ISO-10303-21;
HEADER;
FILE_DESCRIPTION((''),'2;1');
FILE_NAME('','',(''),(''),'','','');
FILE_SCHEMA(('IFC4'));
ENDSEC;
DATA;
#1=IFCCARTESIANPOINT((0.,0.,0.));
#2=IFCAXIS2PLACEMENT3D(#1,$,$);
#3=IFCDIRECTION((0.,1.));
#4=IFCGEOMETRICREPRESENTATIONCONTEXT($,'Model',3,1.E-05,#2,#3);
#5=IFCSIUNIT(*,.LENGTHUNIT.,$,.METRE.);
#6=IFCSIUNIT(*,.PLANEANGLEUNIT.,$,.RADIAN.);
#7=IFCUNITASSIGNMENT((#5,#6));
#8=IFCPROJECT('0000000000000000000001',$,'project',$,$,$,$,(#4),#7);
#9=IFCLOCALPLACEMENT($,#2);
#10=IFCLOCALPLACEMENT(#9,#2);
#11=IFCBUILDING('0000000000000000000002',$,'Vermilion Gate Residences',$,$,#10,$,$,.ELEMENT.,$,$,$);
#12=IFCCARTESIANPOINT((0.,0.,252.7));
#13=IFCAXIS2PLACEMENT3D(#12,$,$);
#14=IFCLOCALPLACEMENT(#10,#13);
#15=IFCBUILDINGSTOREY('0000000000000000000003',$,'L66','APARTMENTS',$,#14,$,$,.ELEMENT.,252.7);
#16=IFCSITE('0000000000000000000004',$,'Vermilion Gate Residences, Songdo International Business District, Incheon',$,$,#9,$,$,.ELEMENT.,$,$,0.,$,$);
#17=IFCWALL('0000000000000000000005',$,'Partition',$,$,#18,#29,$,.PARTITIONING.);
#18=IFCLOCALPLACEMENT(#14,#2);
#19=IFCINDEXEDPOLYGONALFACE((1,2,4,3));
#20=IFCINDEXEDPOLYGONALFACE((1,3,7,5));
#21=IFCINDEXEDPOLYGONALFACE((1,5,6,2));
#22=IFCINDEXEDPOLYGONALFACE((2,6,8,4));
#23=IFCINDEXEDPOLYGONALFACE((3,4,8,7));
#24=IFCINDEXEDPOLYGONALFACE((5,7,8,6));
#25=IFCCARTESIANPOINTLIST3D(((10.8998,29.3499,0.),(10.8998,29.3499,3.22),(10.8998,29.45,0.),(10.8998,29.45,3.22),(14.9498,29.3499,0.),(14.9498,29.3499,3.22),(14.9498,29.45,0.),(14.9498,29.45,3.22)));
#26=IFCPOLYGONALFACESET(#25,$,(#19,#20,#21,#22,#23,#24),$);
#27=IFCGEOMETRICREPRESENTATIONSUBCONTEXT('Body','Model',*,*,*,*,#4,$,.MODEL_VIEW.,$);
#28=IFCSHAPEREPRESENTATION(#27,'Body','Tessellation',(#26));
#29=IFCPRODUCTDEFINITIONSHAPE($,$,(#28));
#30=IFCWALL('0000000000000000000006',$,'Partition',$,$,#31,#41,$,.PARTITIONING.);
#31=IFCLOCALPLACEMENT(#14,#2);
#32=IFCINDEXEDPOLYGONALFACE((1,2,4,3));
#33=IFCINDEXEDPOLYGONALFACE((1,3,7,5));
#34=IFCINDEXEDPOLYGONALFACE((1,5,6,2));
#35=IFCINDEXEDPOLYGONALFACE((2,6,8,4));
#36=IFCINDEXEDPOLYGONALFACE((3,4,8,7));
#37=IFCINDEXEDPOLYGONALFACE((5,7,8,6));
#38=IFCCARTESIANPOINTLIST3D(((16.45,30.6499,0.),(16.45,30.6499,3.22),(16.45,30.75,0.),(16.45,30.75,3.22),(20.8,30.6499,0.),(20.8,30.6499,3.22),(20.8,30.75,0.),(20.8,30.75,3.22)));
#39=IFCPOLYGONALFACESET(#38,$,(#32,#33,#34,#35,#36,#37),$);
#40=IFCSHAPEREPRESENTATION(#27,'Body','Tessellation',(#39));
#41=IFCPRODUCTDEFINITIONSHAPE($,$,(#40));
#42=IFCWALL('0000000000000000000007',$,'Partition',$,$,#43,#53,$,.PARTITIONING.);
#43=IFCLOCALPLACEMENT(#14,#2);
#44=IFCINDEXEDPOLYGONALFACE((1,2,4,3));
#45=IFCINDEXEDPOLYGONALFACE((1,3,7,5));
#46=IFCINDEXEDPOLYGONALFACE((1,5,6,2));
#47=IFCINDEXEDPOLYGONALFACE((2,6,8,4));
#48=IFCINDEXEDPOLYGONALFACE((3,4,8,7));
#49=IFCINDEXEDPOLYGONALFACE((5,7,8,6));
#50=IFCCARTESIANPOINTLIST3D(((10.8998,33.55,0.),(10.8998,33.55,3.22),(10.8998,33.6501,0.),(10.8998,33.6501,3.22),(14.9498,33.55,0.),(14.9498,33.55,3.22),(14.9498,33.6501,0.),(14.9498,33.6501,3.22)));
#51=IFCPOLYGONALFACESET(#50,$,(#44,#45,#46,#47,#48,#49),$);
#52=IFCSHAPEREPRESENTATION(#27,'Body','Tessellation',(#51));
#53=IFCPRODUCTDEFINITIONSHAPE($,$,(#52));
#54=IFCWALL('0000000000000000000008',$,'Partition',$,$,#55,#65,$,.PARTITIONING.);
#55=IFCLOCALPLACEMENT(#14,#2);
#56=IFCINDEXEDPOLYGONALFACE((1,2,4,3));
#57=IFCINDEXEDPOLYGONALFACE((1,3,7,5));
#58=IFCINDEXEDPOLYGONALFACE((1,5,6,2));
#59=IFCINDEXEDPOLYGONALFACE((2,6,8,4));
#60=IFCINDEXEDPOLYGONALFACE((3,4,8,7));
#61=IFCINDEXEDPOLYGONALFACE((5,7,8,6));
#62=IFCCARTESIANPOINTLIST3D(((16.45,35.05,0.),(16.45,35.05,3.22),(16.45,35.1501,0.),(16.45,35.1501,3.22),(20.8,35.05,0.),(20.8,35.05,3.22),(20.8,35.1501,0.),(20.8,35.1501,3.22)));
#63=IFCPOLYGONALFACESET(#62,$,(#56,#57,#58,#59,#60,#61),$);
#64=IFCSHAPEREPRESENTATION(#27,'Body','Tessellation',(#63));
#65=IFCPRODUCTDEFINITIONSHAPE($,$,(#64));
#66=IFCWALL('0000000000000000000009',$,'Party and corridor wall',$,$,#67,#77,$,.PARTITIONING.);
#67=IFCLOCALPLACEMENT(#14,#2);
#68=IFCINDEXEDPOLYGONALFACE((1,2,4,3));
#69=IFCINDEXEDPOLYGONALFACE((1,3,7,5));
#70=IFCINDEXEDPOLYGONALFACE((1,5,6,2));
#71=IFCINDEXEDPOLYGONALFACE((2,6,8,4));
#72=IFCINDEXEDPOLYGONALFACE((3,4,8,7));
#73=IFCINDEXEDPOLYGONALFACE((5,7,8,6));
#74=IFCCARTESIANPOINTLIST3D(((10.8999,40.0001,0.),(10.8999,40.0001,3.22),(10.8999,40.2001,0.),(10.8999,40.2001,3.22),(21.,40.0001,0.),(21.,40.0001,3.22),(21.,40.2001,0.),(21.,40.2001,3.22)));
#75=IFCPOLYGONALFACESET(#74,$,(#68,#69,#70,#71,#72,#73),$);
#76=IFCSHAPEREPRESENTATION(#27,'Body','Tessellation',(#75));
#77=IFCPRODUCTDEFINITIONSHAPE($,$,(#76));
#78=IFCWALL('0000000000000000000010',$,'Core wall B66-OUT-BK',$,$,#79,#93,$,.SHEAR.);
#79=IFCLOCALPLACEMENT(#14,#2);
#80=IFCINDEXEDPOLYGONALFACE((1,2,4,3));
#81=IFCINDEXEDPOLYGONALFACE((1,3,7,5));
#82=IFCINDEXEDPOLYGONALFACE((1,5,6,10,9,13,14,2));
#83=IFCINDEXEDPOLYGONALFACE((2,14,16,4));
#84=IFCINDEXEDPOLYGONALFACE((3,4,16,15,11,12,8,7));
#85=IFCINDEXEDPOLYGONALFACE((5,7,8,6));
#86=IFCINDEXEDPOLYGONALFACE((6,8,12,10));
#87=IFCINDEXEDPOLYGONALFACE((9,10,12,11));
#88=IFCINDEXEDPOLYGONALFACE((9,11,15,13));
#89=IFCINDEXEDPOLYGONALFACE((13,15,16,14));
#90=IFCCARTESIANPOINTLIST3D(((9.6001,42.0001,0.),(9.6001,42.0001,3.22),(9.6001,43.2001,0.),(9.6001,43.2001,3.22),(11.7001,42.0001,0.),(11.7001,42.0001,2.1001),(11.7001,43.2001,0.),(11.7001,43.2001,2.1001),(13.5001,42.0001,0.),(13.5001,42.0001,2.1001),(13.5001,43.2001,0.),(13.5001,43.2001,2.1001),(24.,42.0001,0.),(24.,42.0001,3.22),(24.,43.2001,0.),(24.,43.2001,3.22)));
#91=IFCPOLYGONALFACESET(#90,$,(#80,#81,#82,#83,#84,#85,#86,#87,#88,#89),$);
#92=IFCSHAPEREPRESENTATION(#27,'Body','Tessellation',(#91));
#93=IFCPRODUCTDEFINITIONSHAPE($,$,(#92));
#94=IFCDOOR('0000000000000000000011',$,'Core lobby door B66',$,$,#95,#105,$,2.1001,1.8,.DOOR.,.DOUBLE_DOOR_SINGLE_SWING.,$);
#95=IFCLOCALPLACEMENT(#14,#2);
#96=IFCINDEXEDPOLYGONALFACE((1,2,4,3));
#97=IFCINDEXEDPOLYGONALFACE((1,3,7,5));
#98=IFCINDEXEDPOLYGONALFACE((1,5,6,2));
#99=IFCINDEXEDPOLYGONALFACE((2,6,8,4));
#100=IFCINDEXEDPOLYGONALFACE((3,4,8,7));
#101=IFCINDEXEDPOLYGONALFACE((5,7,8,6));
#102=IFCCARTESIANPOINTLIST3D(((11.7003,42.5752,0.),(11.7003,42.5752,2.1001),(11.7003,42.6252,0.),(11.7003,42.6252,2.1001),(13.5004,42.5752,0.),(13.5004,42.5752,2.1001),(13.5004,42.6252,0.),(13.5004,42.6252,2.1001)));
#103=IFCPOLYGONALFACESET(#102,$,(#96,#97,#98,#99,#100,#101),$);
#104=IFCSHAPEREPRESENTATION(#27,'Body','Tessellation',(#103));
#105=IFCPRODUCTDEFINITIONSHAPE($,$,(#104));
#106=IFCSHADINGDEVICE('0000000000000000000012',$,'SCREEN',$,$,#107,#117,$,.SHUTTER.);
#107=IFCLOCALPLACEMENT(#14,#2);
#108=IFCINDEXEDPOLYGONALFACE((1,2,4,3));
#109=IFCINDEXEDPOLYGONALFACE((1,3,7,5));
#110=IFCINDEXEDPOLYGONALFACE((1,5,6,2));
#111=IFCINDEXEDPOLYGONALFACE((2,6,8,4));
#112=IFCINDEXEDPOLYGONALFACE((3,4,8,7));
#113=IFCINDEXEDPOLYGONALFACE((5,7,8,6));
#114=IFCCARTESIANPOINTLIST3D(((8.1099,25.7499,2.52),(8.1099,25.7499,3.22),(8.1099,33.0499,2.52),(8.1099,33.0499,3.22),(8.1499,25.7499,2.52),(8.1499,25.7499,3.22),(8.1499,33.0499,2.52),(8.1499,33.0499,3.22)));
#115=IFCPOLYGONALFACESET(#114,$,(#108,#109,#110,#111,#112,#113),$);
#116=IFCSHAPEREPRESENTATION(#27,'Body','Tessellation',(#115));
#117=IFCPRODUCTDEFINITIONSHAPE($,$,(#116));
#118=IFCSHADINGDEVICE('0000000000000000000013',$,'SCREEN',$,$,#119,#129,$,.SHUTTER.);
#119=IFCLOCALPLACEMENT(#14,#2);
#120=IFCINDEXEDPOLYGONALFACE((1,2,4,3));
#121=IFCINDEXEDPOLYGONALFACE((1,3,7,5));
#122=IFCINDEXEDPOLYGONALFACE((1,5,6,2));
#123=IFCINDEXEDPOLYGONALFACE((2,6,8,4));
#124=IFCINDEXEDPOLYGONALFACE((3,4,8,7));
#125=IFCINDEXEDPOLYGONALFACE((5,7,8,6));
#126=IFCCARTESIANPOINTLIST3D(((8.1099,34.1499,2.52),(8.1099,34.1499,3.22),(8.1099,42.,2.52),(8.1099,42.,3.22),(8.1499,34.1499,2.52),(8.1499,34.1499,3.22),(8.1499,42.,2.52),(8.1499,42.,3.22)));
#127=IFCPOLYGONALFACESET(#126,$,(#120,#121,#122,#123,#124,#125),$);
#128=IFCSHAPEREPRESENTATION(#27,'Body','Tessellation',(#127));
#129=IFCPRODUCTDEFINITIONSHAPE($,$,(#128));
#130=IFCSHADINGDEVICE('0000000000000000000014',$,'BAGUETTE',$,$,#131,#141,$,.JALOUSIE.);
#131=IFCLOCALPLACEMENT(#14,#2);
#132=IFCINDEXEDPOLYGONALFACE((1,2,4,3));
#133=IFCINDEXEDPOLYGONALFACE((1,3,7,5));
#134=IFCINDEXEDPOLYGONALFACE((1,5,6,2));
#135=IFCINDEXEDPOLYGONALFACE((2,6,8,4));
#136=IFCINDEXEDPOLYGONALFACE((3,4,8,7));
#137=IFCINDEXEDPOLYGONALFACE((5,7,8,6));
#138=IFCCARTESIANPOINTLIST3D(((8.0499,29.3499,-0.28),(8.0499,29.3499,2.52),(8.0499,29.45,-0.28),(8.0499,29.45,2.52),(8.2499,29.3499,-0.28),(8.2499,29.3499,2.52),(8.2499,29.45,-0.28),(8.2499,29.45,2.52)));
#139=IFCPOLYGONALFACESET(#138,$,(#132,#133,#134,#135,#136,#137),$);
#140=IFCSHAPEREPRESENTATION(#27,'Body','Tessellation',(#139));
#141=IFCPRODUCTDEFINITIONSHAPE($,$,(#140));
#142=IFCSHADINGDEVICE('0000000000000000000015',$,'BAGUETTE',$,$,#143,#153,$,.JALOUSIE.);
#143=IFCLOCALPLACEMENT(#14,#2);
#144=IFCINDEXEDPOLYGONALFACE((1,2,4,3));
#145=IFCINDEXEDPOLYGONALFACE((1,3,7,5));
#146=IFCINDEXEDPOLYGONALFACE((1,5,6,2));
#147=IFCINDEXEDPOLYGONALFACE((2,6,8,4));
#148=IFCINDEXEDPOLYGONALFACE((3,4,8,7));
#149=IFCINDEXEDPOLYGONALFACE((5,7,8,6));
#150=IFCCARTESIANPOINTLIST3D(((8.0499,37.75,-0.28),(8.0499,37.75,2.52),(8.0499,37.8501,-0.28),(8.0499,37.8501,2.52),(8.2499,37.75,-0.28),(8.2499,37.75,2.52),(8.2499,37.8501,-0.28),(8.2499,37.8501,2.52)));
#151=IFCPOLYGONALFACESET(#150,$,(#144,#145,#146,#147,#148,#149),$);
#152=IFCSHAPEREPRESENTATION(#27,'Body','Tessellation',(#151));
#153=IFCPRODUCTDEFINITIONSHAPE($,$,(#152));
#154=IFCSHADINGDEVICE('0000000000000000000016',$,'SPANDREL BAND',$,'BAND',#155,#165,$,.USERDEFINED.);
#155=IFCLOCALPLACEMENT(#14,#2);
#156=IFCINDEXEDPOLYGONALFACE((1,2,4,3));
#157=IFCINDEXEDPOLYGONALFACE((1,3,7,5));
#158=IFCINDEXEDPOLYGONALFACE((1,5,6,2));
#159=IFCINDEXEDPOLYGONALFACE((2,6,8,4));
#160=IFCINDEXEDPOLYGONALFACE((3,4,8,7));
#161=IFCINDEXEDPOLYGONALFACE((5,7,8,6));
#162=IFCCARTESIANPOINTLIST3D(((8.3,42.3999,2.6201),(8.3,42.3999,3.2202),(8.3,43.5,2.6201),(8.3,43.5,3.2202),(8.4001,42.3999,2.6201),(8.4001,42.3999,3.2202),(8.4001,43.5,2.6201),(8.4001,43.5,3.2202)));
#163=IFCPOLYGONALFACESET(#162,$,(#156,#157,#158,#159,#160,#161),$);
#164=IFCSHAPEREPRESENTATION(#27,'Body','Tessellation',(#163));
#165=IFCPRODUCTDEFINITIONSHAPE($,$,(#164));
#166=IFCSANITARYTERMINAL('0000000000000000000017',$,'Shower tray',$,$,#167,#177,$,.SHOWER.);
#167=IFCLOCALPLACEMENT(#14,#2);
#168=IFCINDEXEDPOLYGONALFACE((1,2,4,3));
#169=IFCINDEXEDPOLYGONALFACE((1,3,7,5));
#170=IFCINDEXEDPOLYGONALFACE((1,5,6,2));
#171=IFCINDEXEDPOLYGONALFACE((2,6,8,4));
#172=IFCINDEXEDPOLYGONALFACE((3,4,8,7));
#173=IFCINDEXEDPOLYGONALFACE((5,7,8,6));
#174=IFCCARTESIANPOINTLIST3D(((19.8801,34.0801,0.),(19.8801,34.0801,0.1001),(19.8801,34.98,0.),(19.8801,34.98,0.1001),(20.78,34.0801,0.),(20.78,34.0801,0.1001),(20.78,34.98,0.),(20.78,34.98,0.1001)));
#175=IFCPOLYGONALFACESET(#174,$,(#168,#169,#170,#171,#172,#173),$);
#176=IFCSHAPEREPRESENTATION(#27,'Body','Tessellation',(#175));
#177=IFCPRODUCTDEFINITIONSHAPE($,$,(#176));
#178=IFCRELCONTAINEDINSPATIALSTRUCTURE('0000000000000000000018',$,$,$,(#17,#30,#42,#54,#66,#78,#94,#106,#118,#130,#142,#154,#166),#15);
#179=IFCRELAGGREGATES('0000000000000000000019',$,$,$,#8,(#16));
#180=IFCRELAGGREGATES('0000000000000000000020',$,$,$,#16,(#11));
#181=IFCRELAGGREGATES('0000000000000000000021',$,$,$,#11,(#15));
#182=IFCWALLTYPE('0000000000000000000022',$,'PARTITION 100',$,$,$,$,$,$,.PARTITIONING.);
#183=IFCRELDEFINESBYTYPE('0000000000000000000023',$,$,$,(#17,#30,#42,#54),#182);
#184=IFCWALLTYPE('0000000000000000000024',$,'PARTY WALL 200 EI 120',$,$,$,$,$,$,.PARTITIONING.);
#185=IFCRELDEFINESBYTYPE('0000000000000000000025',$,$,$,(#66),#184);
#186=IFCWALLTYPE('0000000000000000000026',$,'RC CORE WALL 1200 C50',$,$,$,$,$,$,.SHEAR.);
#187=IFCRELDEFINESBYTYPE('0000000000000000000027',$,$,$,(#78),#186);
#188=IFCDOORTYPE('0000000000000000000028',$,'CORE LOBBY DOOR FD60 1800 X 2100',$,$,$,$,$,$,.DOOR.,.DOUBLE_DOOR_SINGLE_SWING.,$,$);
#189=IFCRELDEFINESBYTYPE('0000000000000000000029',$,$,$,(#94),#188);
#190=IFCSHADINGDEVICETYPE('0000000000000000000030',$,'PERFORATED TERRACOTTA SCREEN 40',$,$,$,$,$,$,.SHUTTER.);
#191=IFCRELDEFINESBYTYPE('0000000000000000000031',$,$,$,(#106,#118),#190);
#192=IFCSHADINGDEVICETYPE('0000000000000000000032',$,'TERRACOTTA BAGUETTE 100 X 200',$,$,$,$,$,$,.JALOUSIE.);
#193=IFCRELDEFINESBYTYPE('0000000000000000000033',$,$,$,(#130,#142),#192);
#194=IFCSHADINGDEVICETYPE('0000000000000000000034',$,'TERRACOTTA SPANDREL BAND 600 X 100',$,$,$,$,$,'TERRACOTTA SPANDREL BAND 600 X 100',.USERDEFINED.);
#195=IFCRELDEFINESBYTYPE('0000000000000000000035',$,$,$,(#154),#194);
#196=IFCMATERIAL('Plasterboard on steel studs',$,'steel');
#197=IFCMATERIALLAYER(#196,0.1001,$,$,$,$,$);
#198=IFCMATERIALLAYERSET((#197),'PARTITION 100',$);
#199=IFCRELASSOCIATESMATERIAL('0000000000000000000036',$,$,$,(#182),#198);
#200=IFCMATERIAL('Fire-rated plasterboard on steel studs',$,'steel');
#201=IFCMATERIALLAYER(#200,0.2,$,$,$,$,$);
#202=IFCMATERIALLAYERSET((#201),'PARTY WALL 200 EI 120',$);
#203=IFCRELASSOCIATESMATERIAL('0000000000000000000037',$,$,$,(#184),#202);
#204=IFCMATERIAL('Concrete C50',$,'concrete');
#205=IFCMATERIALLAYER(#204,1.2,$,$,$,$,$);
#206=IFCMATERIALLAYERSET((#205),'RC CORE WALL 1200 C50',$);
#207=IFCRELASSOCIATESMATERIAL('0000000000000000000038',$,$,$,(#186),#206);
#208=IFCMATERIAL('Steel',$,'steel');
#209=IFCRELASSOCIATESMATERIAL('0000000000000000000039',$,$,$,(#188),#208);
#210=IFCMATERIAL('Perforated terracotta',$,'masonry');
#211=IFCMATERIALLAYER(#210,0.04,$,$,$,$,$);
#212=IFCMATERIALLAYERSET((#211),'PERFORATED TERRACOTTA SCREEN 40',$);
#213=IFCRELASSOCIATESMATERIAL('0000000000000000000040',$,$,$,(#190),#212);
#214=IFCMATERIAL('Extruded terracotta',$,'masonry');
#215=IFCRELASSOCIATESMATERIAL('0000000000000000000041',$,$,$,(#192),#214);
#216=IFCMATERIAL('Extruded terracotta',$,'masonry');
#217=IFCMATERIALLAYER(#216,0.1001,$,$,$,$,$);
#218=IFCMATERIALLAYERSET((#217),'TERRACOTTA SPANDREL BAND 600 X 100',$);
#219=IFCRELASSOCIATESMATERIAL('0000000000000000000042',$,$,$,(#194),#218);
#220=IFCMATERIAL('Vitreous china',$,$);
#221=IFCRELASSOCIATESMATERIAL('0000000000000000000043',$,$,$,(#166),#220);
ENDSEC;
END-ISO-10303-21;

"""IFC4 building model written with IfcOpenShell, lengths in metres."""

from ifc_helpers import new_model, si_unit, direction, frame, frame_2d, origin, origin_2d, place, context, subcontext, project, spatial, rectangle, extrude, material, layer, layer_set, material_profile, profile_set, type_object, element, fill, save


model = new_model("IFC4")

# Units and contexts
model_context = context("Model", 3, precision=1e-05, world=origin(), true_north=direction((0.0, 1.0)))
body_context = subcontext(model_context, "Body", "Model", "MODEL_VIEW")
ifc_project = project(units=[si_unit("LENGTHUNIT", "METRE"), si_unit("PLANEANGLEUNIT", "RADIAN")], contexts=[model_context])

# Site, building, storey
site_placement = place(None, origin())
site = spatial("IfcSite", under=ifc_project, at=site_placement, Name="Vermilion Gate Residences, Songdo International Business District, Incheon", CompositionType="ELEMENT", RefElevation=0.0)
building_placement = place(site_placement, origin())
building = spatial("IfcBuilding", under=site, at=building_placement, Name="Vermilion Gate Residences", CompositionType="ELEMENT")
storey_placement = place(building_placement, frame((0.0, 0.0, 252.7)))
storey = spatial("IfcBuildingStorey", under=building, at=storey_placement, Name="L66", Description="APARTMENTS", CompositionType="ELEMENT", Elevation=252.7)

# Walls
ifc_material_1 = material(Name="Plasterboard on steel studs", Category="steel")
ifc_layer_1 = layer(ifc_material_1, 0.1001)
ifc_layer_set_1 = layer_set([ifc_layer_1], Name="PARTITION 100")
wall_type_1 = type_object("IfcWallType", Name="PARTITION 100", PredefinedType="PARTITIONING", material=ifc_layer_set_1)
wall_1_placement = place(storey_placement, frame((10.8999, 29.3999, 0.0), z_axis=(0.0, 0.0, 1.0), x_axis=(1.0, 0.0, 0.0)))
element("IfcWall", 1, at=wall_1_placement, inside=storey, type_object=wall_type_1, Name="Partition", PredefinedType="PARTITIONING", context=body_context, shape_type="SweptSolid", body=[
    extrude(rectangle(XDim=4.05, YDim=0.1001, at=frame_2d((2.0249, 0.0))), origin(), (0.0, 0.0, 1.0), 3.22),
])
wall_2_placement = place(storey_placement, frame((16.45, 30.7, 0.0), z_axis=(0.0, 0.0, 1.0), x_axis=(1.0, 0.0, 0.0)))
element("IfcWall", 2, at=wall_2_placement, inside=storey, type_object=wall_type_1, Name="Partition", PredefinedType="PARTITIONING", context=body_context, shape_type="SweptSolid", body=[
    extrude(rectangle(XDim=4.3501, YDim=0.1001, at=frame_2d((2.175, 0.0))), origin(), (0.0, 0.0, 1.0), 3.22),
])
wall_3_placement = place(storey_placement, frame((10.8999, 33.6001, 0.0), z_axis=(0.0, 0.0, 1.0), x_axis=(1.0, 0.0, 0.0)))
element("IfcWall", 3, at=wall_3_placement, inside=storey, type_object=wall_type_1, Name="Partition", PredefinedType="PARTITIONING", context=body_context, shape_type="SweptSolid", body=[
    extrude(rectangle(XDim=4.05, YDim=0.1001, at=frame_2d((2.0249, 0.0))), origin(), (0.0, 0.0, 1.0), 3.22),
])
wall_4_placement = place(storey_placement, frame((16.45, 35.1001, 0.0), z_axis=(0.0, 0.0, 1.0), x_axis=(1.0, 0.0, 0.0)))
element("IfcWall", 4, at=wall_4_placement, inside=storey, type_object=wall_type_1, Name="Partition", PredefinedType="PARTITIONING", context=body_context, shape_type="SweptSolid", body=[
    extrude(rectangle(XDim=4.3501, YDim=0.1001, at=frame_2d((2.175, 0.0))), origin(), (0.0, 0.0, 1.0), 3.22),
])
ifc_material_2 = material(Name="Fire-rated plasterboard on steel studs", Category="steel")
ifc_layer_2 = layer(ifc_material_2, 0.2)
ifc_layer_set_2 = layer_set([ifc_layer_2], Name="PARTY WALL 200 EI 120")
wall_type_2 = type_object("IfcWallType", Name="PARTY WALL 200 EI 120", PredefinedType="PARTITIONING", material=ifc_layer_set_2)
wall_5_placement = place(storey_placement, frame((10.8999, 40.1001, 0.0), z_axis=(0.0, 0.0, 1.0), x_axis=(1.0, 0.0, 0.0)))
element("IfcWall", 5, at=wall_5_placement, inside=storey, type_object=wall_type_2, Name="Party and corridor wall", PredefinedType="PARTITIONING", context=body_context, shape_type="SweptSolid", body=[
    extrude(rectangle(XDim=10.1001, YDim=0.2, at=frame_2d((5.05, 0.0))), origin(), (0.0, 0.0, 1.0), 3.22),
])

# Wall, opening, door
ifc_material_3 = material(Name="Concrete C50", Category="concrete")
ifc_layer_3 = layer(ifc_material_3, 1.2)
ifc_layer_set_3 = layer_set([ifc_layer_3], Name="RC CORE WALL 1200 C50")
wall_type_3 = type_object("IfcWallType", Name="RC CORE WALL 1200 C50", PredefinedType="SHEAR", material=ifc_layer_set_3)
wall_6_placement = place(storey_placement, frame((9.6001, 42.6001, 0.0), z_axis=(0.0, 0.0, 1.0), x_axis=(1.0, 0.0, 0.0)))
wall_6 = element("IfcWall", 6, at=wall_6_placement, inside=storey, type_object=wall_type_3, Name="Core wall B66-OUT-BK", PredefinedType="SHEAR", context=body_context, shape_type="SweptSolid", body=[
    extrude(rectangle(XDim=14.3999, YDim=1.2, at=frame_2d((7.2, 0.0))), origin(), (0.0, 0.0, 1.0), 3.22),
])
opening_1_placement = place(wall_6_placement, frame((2.1001, 0.0, 0.0)))
opening_1 = element("IfcOpeningElement", 7, at=opening_1_placement, cuts=wall_6, PredefinedType="OPENING", context=body_context, shape_type="SweptSolid", body=[
    extrude(rectangle(XDim=1.8, YDim=2.1001, at=frame_2d((0.8999, 1.05))), frame((0.0, 0.6099, 0.0), z_axis=(0.0, -1.0, 0.0), x_axis=(1.0, 0.0, 0.0)), (0.0, 0.0, 1.0), 1.22),
])
ifc_material_4 = material(Name="Steel", Category="steel")
door_type_1 = type_object("IfcDoorType", Name="CORE LOBBY DOOR FD60 1800 X 2100", OperationType="DOUBLE_DOOR_SINGLE_SWING", PredefinedType="DOOR", material=ifc_material_4)
door_1_placement = place(opening_1_placement, frame((1.8, 0.0, 0.0), z_axis=(0.0, 0.0, 1.0), x_axis=(-1.0, 0.0, 0.0)))
door_1 = element("IfcDoor", 8, at=door_1_placement, inside=storey, type_object=door_type_1, Name="Core lobby door B66", OperationType="DOUBLE_DOOR_SINGLE_SWING", OverallHeight=2.1001, OverallWidth=1.8, PredefinedType="DOOR", context=body_context, shape_type="SweptSolid", body=[
    extrude(rectangle(XDim=1.8, YDim=2.1001, at=frame_2d((0.8999, 1.05))), frame((0.0, 0.0249, 0.0), z_axis=(0.0, -1.0, 0.0), x_axis=(1.0, 0.0, 0.0)), (0.0, 0.0, 1.0), 0.05),
])
fill(opening_1, door_1)

# Shading devices
ifc_material_5 = material(Name="Perforated terracotta", Category="masonry")
ifc_layer_4 = layer(ifc_material_5, 0.04)
ifc_layer_set_4 = layer_set([ifc_layer_4], Name="PERFORATED TERRACOTTA SCREEN 40")
shading_device_type_1 = type_object("IfcShadingDeviceType", Name="PERFORATED TERRACOTTA SCREEN 40", PredefinedType="SHUTTER", material=ifc_layer_set_4)
shading_device_1_placement = place(storey_placement, frame((8.1299, 29.3999, 2.52), z_axis=(0.0, 0.0, 1.0), x_axis=(0.0, -1.0, 0.0)))
element("IfcShadingDevice", 9, at=shading_device_1_placement, inside=storey, type_object=shading_device_type_1, Name="SCREEN", PredefinedType="SHUTTER", context=body_context, shape_type="SweptSolid", body=[
    extrude(rectangle(XDim=7.3, YDim=0.04, at=origin_2d()), origin(), (0.0, 0.0, 1.0), 0.7),
])
shading_device_2_placement = place(storey_placement, frame((8.1299, 38.075, 2.52), z_axis=(0.0, 0.0, 1.0), x_axis=(0.0, -1.0, 0.0)))
element("IfcShadingDevice", 10, at=shading_device_2_placement, inside=storey, type_object=shading_device_type_1, Name="SCREEN", PredefinedType="SHUTTER", context=body_context, shape_type="SweptSolid", body=[
    extrude(rectangle(XDim=7.8501, YDim=0.04, at=origin_2d()), origin(), (0.0, 0.0, 1.0), 0.7),
])
ifc_material_6 = material(Name="Extruded terracotta", Category="masonry")
ifc_material_profile_1 = material_profile(ifc_material_6, rectangle(XDim=0.2, YDim=0.1001, at=origin_2d()), Name="BAGUETTE 100 X 200")
ifc_profile_set_1 = profile_set([ifc_material_profile_1], Name="Extruded terracotta")
shading_device_type_2 = type_object("IfcShadingDeviceType", Name="TERRACOTTA BAGUETTE 100 X 200", PredefinedType="JALOUSIE", material=ifc_profile_set_1)
for number, where, z_axis, x_axis, name in (
    (11, (8.1499, 29.3999, -0.28), (0.0, 0.0, 1.0), (1.0, 0.0, 0.0), "BAGUETTE"),
    (12, (8.1499, 37.8, -0.28), (0.0, 0.0, 1.0), (1.0, 0.0, 0.0), "BAGUETTE"),
):
    element("IfcShadingDevice", number, at=place(storey_placement, frame(where, z_axis=z_axis, x_axis=x_axis)), inside=storey, type_object=shading_device_type_2, Name=name, PredefinedType="JALOUSIE", context=body_context, shape_type="SweptSolid", body=[
        extrude(rectangle(XDim=0.2, YDim=0.1001, at=origin_2d()), origin(), (0.0, 0.0, 1.0), 2.8),
    ])
ifc_material_7 = material(Name="Extruded terracotta", Category="masonry")
ifc_layer_5 = layer(ifc_material_7, 0.1001)
ifc_layer_set_5 = layer_set([ifc_layer_5], Name="TERRACOTTA SPANDREL BAND 600 X 100")
shading_device_type_3 = type_object("IfcShadingDeviceType", Name="TERRACOTTA SPANDREL BAND 600 X 100", ElementType="TERRACOTTA SPANDREL BAND 600 X 100", PredefinedType="USERDEFINED", material=ifc_layer_set_5)
shading_device_3_placement = place(storey_placement, frame((8.3501, 42.95, 2.6201), z_axis=(0.0, 0.0, 1.0), x_axis=(0.0, 1.0, 0.0)))
element("IfcShadingDevice", 13, at=shading_device_3_placement, inside=storey, type_object=shading_device_type_3, Name="SPANDREL BAND", ObjectType="BAND", PredefinedType="USERDEFINED", context=body_context, shape_type="SweptSolid", body=[
    extrude(rectangle(XDim=1.1001, YDim=0.1001, at=origin_2d()), origin(), (0.0, 0.0, 1.0), 0.6001),
])

# Sanitary terminal
ifc_material_8 = material(Name="Vitreous china")
sanitary_terminal_1_placement = place(storey_placement, frame((20.3301, 34.53, 0.0), z_axis=(0.0, 0.0, 1.0), x_axis=(1.0, 0.0, 0.0)))
element("IfcSanitaryTerminal", 14, at=sanitary_terminal_1_placement, inside=storey, material=ifc_material_8, Name="Shower tray", PredefinedType="SHOWER", context=body_context, shape_type="SweptSolid", body=[
    extrude(rectangle(XDim=0.8999, YDim=0.8999, at=origin_2d()), origin(), (0.0, 0.0, 1.0), 0.1001),
])

save(model, "model.ifc")
